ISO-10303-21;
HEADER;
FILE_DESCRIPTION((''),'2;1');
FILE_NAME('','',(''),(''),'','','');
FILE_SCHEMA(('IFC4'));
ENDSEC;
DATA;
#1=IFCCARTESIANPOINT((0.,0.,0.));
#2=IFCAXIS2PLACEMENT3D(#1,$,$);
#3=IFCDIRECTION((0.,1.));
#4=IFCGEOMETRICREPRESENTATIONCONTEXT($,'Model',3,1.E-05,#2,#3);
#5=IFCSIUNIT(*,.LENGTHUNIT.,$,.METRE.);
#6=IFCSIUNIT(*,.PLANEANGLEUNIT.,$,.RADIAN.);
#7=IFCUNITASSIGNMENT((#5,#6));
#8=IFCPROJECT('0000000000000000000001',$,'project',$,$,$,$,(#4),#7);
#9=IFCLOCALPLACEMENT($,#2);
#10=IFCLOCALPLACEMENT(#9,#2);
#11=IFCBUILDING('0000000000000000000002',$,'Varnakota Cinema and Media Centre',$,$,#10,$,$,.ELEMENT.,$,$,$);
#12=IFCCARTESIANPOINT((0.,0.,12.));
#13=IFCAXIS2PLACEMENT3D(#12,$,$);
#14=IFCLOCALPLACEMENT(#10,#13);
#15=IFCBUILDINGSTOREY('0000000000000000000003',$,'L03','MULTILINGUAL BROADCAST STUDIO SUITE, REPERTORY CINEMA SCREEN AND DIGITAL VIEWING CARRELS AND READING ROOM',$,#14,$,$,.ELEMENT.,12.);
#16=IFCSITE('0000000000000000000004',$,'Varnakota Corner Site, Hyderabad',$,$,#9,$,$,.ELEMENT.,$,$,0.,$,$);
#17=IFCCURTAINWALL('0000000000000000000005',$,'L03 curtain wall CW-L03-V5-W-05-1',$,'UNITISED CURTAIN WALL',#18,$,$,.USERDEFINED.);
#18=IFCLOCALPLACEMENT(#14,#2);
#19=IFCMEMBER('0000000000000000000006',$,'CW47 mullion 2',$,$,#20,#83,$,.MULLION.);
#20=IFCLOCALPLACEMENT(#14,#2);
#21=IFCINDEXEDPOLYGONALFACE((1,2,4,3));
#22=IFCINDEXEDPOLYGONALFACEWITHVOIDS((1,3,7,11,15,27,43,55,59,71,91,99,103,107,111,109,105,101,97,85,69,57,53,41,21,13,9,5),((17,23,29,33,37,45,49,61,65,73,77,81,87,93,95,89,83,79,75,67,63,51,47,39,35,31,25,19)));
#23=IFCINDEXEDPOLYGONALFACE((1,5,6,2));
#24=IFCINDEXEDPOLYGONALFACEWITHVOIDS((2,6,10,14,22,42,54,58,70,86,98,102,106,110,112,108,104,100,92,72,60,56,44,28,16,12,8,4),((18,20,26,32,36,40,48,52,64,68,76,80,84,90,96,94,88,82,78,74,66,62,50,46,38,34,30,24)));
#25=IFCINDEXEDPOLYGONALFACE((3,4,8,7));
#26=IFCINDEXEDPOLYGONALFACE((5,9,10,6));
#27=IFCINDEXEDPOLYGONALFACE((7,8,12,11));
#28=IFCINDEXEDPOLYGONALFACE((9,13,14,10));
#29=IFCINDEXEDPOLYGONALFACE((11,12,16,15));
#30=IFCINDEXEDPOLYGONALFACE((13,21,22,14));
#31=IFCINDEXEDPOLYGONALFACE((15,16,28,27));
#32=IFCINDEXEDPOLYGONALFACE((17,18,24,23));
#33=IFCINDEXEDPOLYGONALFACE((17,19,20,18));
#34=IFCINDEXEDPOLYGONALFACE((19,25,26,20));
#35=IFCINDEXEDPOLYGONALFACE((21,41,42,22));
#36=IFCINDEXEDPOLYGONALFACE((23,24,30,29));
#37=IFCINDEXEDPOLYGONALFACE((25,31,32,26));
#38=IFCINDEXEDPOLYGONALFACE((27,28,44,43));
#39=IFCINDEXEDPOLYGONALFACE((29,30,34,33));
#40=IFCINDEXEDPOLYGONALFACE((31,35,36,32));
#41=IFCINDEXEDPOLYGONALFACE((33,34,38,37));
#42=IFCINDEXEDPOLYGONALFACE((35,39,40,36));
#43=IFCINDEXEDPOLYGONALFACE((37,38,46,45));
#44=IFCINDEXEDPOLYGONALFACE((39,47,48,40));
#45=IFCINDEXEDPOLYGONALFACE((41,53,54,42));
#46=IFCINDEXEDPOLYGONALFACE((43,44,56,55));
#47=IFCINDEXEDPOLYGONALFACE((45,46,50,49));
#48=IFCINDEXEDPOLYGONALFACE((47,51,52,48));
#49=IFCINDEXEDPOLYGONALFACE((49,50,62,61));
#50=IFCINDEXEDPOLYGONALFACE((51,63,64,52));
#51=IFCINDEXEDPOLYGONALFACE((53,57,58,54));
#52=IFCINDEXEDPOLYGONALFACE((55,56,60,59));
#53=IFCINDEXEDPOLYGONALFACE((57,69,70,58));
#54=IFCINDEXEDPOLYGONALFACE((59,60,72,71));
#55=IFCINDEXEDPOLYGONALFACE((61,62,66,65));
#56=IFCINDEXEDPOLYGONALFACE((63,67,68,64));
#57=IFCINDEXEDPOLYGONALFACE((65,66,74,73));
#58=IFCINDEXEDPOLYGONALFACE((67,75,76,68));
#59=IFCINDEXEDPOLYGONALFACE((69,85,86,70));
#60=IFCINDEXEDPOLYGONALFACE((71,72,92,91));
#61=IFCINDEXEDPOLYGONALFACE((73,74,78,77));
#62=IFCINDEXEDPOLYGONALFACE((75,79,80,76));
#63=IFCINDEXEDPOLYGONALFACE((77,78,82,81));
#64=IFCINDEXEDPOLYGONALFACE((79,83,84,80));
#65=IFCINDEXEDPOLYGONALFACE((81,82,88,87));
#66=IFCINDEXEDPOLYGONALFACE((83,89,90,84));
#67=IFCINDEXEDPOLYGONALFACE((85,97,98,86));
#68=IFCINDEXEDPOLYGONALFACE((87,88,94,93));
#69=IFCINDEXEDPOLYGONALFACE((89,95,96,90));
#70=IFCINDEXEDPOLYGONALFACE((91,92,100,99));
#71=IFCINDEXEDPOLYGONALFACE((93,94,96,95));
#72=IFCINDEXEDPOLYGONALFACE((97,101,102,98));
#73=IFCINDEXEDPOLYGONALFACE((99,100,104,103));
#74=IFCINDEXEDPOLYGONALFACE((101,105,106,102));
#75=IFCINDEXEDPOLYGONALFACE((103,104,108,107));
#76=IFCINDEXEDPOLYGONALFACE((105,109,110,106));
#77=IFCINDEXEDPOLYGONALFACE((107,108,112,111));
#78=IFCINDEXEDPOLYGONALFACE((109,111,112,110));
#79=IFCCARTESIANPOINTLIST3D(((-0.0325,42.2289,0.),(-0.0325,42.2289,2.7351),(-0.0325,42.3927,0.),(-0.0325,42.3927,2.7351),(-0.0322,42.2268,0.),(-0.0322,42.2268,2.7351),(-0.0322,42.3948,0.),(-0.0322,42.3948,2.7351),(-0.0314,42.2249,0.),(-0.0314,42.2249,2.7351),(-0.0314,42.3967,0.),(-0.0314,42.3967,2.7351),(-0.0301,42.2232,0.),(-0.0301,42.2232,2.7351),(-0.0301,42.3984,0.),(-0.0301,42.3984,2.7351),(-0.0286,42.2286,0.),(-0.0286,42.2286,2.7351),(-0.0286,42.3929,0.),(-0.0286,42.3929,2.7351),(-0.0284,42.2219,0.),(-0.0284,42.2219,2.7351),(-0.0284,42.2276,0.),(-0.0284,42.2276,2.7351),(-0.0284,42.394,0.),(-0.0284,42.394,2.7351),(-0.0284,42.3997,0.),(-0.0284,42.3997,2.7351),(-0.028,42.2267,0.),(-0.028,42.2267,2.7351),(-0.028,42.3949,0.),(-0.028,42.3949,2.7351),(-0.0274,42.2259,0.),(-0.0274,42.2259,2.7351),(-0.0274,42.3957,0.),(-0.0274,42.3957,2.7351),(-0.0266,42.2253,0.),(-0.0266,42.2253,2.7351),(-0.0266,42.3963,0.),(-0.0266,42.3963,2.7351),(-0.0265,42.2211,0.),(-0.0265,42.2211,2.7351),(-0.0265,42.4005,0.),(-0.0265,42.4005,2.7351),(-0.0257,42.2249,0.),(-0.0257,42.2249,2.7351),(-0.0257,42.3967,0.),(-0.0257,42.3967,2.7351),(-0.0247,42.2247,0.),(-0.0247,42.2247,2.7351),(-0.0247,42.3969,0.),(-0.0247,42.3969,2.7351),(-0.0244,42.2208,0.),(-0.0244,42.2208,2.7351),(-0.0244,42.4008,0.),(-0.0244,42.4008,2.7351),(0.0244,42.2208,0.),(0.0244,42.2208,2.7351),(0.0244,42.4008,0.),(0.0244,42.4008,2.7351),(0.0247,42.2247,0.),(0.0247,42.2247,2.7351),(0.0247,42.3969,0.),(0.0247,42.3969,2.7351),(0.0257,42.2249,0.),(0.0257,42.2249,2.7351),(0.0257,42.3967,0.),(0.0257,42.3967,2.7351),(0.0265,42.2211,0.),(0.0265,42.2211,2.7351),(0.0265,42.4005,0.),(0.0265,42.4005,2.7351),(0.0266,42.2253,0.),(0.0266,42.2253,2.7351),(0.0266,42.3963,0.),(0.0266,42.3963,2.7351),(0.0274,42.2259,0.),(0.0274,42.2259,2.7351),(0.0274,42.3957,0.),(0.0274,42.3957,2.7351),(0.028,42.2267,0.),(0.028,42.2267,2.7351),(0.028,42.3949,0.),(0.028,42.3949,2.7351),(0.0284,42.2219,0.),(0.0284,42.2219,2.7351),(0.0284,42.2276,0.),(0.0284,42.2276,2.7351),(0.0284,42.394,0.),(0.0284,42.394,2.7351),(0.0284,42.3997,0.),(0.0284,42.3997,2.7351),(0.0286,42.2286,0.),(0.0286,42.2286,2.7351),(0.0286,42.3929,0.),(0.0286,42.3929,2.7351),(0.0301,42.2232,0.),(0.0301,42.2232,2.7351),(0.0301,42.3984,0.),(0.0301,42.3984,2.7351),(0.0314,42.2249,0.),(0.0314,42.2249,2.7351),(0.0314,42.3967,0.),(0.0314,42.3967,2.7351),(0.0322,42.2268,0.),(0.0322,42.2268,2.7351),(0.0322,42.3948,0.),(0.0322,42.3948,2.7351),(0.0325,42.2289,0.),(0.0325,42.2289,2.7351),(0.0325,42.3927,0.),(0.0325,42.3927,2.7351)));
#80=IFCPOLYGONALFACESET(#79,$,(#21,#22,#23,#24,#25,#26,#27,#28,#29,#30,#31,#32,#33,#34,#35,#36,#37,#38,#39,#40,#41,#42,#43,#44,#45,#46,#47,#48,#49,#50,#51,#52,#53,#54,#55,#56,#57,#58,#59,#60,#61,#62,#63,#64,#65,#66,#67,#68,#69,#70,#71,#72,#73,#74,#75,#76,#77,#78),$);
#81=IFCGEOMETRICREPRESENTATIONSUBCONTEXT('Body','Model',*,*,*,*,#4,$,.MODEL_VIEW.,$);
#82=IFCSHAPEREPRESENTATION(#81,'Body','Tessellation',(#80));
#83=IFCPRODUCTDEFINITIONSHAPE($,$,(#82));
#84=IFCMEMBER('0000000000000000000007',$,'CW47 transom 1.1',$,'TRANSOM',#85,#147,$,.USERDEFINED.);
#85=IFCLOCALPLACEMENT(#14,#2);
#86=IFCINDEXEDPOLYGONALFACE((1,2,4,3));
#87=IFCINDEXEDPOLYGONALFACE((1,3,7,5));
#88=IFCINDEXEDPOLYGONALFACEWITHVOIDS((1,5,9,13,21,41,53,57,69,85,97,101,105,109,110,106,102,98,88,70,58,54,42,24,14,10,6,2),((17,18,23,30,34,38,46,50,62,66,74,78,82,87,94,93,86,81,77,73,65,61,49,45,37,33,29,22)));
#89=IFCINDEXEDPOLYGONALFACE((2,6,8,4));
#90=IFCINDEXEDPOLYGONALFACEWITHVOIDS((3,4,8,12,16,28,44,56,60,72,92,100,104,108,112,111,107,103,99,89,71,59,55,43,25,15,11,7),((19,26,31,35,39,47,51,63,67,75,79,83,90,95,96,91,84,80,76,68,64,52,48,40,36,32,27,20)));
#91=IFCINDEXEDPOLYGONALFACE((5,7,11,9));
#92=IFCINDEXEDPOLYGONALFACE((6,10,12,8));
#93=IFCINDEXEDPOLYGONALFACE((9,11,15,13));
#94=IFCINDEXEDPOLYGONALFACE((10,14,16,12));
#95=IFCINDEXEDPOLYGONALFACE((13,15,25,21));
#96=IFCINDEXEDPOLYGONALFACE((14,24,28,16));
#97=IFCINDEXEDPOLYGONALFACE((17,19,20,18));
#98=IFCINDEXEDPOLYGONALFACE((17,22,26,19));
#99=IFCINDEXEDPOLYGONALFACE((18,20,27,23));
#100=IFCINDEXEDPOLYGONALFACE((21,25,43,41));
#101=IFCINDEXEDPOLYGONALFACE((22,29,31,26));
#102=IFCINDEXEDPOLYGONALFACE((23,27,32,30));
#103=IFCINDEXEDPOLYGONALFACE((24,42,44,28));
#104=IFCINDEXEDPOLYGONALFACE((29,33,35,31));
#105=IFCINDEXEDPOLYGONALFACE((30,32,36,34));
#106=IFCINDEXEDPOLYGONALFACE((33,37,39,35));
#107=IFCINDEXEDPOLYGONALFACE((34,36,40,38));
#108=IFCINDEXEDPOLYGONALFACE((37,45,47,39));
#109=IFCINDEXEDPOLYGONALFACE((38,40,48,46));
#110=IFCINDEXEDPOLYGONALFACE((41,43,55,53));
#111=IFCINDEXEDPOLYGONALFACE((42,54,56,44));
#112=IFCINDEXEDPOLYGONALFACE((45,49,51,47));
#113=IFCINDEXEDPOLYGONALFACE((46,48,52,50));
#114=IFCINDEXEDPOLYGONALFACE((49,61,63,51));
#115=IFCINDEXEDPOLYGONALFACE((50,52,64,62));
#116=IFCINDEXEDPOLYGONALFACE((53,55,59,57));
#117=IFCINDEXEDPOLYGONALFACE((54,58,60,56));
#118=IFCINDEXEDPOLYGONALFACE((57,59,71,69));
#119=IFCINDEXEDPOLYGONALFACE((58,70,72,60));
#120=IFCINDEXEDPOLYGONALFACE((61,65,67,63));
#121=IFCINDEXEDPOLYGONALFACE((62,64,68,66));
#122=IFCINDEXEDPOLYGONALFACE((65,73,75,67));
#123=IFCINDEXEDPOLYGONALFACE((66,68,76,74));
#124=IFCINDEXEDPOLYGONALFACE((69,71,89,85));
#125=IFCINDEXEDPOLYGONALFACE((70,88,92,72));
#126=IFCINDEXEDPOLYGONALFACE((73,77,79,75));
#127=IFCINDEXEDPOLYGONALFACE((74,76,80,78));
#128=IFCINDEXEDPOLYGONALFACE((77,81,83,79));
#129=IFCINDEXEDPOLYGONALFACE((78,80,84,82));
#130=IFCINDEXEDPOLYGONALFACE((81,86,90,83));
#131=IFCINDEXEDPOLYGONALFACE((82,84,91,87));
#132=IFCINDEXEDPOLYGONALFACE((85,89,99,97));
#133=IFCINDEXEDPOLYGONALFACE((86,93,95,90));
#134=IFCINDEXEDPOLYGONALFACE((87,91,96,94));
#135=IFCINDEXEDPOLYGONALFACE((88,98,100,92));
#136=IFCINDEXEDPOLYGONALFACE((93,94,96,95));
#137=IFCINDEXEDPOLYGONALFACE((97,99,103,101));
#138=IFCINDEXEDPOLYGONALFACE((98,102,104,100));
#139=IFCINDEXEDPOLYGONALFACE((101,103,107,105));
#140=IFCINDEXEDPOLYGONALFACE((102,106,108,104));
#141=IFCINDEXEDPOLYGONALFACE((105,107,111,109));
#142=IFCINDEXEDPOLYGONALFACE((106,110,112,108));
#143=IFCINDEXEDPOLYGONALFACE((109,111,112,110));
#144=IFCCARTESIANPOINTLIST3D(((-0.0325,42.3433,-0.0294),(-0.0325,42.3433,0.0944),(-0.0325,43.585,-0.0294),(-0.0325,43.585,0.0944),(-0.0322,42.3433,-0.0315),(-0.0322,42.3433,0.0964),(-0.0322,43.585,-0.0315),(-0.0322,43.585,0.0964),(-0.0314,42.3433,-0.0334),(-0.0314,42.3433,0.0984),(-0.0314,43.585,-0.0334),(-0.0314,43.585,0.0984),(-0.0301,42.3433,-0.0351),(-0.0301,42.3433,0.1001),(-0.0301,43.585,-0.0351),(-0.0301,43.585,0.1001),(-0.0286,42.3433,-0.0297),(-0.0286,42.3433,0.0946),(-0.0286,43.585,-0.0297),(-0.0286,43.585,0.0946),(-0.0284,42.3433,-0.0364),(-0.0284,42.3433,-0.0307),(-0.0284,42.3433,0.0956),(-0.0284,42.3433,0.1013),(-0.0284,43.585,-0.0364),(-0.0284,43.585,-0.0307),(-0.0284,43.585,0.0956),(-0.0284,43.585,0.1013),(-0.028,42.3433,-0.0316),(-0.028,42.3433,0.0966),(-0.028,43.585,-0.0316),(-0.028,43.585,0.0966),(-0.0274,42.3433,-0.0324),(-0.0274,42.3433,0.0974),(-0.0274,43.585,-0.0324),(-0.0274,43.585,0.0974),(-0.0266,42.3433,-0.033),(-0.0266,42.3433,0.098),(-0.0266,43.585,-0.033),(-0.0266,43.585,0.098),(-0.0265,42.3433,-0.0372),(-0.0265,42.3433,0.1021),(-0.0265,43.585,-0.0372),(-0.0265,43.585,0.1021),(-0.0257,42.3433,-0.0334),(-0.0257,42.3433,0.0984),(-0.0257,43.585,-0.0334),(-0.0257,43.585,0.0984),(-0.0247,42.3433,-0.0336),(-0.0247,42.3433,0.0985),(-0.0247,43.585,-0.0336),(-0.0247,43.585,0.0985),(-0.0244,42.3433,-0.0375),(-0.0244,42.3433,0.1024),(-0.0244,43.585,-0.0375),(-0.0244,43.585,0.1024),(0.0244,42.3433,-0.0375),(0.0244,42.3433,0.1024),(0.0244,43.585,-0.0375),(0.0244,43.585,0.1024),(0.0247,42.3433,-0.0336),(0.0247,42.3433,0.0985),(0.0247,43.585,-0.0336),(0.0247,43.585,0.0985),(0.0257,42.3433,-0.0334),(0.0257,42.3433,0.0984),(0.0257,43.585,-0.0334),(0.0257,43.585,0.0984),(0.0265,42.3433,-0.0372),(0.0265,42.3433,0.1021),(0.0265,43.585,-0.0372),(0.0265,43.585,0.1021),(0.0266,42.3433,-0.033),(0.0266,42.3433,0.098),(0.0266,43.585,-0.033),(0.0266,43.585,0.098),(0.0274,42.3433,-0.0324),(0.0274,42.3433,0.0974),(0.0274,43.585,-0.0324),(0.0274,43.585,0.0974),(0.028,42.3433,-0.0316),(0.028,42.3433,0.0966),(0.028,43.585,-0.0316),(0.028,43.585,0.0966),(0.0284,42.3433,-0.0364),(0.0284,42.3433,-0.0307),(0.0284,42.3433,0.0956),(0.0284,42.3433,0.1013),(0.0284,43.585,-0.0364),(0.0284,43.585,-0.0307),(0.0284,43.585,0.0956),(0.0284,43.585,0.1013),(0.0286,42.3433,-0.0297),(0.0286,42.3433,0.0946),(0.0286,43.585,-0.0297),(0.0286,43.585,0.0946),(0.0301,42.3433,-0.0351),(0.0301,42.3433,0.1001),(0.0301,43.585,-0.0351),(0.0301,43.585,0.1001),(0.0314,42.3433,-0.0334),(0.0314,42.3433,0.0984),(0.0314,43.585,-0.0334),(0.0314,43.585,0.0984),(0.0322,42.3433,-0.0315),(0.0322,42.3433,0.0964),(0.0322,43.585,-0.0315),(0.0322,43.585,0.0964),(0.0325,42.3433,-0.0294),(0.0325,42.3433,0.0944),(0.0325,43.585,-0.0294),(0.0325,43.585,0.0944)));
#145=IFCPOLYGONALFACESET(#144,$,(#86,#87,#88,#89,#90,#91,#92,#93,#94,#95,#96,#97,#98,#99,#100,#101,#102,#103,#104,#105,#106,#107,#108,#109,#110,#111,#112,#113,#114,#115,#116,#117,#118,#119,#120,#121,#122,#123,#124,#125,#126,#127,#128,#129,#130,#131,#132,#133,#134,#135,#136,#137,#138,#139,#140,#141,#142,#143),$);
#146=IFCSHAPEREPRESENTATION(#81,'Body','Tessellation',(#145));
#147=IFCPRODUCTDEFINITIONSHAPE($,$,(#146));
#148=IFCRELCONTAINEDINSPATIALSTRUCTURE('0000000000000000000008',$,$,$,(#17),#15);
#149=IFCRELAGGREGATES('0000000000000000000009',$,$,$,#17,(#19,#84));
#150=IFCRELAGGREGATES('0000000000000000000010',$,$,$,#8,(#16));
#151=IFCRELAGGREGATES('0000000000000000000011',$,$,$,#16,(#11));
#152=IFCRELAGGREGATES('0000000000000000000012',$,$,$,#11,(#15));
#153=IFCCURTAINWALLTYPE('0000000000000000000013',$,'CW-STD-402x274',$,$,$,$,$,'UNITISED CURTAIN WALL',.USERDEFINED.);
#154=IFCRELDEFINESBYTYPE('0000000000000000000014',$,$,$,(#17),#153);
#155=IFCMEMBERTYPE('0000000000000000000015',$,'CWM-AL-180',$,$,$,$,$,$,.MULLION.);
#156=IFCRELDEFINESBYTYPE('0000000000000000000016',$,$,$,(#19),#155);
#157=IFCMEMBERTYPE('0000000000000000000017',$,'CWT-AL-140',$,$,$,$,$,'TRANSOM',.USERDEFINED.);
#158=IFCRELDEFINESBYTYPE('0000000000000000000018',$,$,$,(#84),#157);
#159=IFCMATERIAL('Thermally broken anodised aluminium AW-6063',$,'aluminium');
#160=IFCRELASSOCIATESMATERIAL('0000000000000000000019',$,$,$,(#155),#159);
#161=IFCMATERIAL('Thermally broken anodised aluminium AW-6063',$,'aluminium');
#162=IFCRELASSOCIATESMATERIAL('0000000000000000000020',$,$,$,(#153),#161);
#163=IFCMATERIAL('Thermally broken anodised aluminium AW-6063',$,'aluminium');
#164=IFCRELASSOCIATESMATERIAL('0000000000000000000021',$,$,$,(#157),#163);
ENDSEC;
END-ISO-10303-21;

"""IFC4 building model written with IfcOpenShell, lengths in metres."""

from ifc_helpers import new_model, si_unit, direction, frame, origin, origin_2d, place, context, subcontext, project, spatial, hollow_rectangle, extrude, material, material_profile, profile_set, type_object, element, aggregate, save


model = new_model("IFC4")

# Units and contexts
model_context = context("Model", 3, precision=1e-05, world=origin(), true_north=direction((0.0, 1.0)))
body_context = subcontext(model_context, "Body", "Model", "MODEL_VIEW")
ifc_project = project(units=[si_unit("LENGTHUNIT", "METRE"), si_unit("PLANEANGLEUNIT", "RADIAN")], contexts=[model_context])

# Site, building, storey
site_placement = place(None, origin())
site = spatial("IfcSite", under=ifc_project, at=site_placement, Name="Varnakota Corner Site, Hyderabad", CompositionType="ELEMENT", RefElevation=0.0)
building_placement = place(site_placement, origin())
building = spatial("IfcBuilding", under=site, at=building_placement, Name="Varnakota Cinema and Media Centre", CompositionType="ELEMENT")
storey_placement = place(building_placement, frame((0.0, 0.0, 12.0)))
storey = spatial("IfcBuildingStorey", under=building, at=storey_placement, Name="L03", Description="MULTILINGUAL BROADCAST STUDIO SUITE, REPERTORY CINEMA SCREEN AND DIGITAL VIEWING CARRELS AND READING ROOM", CompositionType="ELEMENT", Elevation=12.0)

# Shared definitions
ifc_material_1 = material(Name="Thermally broken anodised aluminium AW-6063", Category="aluminium")
ifc_material_profile_1 = material_profile(ifc_material_1, hollow_rectangle(XDim=0.0649, YDim=0.1799, WallThickness=0.0039, InnerFilletRadius=0.0039, OuterFilletRadius=0.0081, at=origin_2d()), Name="AL-MULLION 180x65x4")
ifc_profile_set_1 = profile_set([ifc_material_profile_1], Name="Thermally broken anodised aluminium AW-6063")
member_type_1 = type_object("IfcMemberType", Name="CWM-AL-180", PredefinedType="MULLION", material=ifc_profile_set_1)

# Curtain wall, members
ifc_material_2 = material(Name="Thermally broken anodised aluminium AW-6063", Category="aluminium")
curtain_wall_type_1 = type_object("IfcCurtainWallType", Name="CW-STD-402x274", ElementType="UNITISED CURTAIN WALL", PredefinedType="USERDEFINED", material=ifc_material_2)
curtain_wall_1_placement = place(storey_placement, origin())
curtain_wall_1 = element("IfcCurtainWall", 1, at=curtain_wall_1_placement, inside=storey, type_object=curtain_wall_type_1, Name="L03 curtain wall CW-L03-V5-W-05-1", ObjectType="UNITISED CURTAIN WALL", PredefinedType="USERDEFINED")
member_1_placement = place(storey_placement, frame((0.0, 42.3108, 0.0), z_axis=(0.0, 0.0, 1.0), x_axis=(1.0, 0.0, 0.0)))
member_1 = element("IfcMember", 2, at=member_1_placement, type_object=member_type_1, Name="CW47 mullion 2", PredefinedType="MULLION", context=body_context, shape_type="SweptSolid", body=[
    extrude(hollow_rectangle(XDim=0.0649, YDim=0.1799, WallThickness=0.0039, InnerFilletRadius=0.0039, OuterFilletRadius=0.0081, at=origin_2d()), origin(), (0.0, 0.0, 1.0), 2.7351),
])
ifc_material_3 = material(Name="Thermally broken anodised aluminium AW-6063", Category="aluminium")
ifc_material_profile_2 = material_profile(ifc_material_3, hollow_rectangle(XDim=0.0649, YDim=0.1399, WallThickness=0.0039, InnerFilletRadius=0.0039, OuterFilletRadius=0.0081, at=origin_2d()), Name="AL-TRANSOM 140x65x4")
ifc_profile_set_2 = profile_set([ifc_material_profile_2], Name="Thermally broken anodised aluminium AW-6063")
member_type_2 = type_object("IfcMemberType", Name="CWT-AL-140", ElementType="TRANSOM", PredefinedType="USERDEFINED", material=ifc_profile_set_2)
member_2_placement = place(storey_placement, frame((0.0, 43.585, 0.0325), z_axis=(0.0, -1.0, 0.0), x_axis=(1.0, 0.0, 0.0)))
member_2 = element("IfcMember", 3, at=member_2_placement, type_object=member_type_2, Name="CW47 transom 1.1", ObjectType="TRANSOM", PredefinedType="USERDEFINED", context=body_context, shape_type="SweptSolid", body=[
    extrude(hollow_rectangle(XDim=0.0649, YDim=0.1399, WallThickness=0.0039, InnerFilletRadius=0.0039, OuterFilletRadius=0.0081, at=origin_2d()), origin(), (0.0, 0.0, 1.0), 1.2417),
])

aggregate(curtain_wall_1, [member_1, member_2])

save(model, "model.ifc")
